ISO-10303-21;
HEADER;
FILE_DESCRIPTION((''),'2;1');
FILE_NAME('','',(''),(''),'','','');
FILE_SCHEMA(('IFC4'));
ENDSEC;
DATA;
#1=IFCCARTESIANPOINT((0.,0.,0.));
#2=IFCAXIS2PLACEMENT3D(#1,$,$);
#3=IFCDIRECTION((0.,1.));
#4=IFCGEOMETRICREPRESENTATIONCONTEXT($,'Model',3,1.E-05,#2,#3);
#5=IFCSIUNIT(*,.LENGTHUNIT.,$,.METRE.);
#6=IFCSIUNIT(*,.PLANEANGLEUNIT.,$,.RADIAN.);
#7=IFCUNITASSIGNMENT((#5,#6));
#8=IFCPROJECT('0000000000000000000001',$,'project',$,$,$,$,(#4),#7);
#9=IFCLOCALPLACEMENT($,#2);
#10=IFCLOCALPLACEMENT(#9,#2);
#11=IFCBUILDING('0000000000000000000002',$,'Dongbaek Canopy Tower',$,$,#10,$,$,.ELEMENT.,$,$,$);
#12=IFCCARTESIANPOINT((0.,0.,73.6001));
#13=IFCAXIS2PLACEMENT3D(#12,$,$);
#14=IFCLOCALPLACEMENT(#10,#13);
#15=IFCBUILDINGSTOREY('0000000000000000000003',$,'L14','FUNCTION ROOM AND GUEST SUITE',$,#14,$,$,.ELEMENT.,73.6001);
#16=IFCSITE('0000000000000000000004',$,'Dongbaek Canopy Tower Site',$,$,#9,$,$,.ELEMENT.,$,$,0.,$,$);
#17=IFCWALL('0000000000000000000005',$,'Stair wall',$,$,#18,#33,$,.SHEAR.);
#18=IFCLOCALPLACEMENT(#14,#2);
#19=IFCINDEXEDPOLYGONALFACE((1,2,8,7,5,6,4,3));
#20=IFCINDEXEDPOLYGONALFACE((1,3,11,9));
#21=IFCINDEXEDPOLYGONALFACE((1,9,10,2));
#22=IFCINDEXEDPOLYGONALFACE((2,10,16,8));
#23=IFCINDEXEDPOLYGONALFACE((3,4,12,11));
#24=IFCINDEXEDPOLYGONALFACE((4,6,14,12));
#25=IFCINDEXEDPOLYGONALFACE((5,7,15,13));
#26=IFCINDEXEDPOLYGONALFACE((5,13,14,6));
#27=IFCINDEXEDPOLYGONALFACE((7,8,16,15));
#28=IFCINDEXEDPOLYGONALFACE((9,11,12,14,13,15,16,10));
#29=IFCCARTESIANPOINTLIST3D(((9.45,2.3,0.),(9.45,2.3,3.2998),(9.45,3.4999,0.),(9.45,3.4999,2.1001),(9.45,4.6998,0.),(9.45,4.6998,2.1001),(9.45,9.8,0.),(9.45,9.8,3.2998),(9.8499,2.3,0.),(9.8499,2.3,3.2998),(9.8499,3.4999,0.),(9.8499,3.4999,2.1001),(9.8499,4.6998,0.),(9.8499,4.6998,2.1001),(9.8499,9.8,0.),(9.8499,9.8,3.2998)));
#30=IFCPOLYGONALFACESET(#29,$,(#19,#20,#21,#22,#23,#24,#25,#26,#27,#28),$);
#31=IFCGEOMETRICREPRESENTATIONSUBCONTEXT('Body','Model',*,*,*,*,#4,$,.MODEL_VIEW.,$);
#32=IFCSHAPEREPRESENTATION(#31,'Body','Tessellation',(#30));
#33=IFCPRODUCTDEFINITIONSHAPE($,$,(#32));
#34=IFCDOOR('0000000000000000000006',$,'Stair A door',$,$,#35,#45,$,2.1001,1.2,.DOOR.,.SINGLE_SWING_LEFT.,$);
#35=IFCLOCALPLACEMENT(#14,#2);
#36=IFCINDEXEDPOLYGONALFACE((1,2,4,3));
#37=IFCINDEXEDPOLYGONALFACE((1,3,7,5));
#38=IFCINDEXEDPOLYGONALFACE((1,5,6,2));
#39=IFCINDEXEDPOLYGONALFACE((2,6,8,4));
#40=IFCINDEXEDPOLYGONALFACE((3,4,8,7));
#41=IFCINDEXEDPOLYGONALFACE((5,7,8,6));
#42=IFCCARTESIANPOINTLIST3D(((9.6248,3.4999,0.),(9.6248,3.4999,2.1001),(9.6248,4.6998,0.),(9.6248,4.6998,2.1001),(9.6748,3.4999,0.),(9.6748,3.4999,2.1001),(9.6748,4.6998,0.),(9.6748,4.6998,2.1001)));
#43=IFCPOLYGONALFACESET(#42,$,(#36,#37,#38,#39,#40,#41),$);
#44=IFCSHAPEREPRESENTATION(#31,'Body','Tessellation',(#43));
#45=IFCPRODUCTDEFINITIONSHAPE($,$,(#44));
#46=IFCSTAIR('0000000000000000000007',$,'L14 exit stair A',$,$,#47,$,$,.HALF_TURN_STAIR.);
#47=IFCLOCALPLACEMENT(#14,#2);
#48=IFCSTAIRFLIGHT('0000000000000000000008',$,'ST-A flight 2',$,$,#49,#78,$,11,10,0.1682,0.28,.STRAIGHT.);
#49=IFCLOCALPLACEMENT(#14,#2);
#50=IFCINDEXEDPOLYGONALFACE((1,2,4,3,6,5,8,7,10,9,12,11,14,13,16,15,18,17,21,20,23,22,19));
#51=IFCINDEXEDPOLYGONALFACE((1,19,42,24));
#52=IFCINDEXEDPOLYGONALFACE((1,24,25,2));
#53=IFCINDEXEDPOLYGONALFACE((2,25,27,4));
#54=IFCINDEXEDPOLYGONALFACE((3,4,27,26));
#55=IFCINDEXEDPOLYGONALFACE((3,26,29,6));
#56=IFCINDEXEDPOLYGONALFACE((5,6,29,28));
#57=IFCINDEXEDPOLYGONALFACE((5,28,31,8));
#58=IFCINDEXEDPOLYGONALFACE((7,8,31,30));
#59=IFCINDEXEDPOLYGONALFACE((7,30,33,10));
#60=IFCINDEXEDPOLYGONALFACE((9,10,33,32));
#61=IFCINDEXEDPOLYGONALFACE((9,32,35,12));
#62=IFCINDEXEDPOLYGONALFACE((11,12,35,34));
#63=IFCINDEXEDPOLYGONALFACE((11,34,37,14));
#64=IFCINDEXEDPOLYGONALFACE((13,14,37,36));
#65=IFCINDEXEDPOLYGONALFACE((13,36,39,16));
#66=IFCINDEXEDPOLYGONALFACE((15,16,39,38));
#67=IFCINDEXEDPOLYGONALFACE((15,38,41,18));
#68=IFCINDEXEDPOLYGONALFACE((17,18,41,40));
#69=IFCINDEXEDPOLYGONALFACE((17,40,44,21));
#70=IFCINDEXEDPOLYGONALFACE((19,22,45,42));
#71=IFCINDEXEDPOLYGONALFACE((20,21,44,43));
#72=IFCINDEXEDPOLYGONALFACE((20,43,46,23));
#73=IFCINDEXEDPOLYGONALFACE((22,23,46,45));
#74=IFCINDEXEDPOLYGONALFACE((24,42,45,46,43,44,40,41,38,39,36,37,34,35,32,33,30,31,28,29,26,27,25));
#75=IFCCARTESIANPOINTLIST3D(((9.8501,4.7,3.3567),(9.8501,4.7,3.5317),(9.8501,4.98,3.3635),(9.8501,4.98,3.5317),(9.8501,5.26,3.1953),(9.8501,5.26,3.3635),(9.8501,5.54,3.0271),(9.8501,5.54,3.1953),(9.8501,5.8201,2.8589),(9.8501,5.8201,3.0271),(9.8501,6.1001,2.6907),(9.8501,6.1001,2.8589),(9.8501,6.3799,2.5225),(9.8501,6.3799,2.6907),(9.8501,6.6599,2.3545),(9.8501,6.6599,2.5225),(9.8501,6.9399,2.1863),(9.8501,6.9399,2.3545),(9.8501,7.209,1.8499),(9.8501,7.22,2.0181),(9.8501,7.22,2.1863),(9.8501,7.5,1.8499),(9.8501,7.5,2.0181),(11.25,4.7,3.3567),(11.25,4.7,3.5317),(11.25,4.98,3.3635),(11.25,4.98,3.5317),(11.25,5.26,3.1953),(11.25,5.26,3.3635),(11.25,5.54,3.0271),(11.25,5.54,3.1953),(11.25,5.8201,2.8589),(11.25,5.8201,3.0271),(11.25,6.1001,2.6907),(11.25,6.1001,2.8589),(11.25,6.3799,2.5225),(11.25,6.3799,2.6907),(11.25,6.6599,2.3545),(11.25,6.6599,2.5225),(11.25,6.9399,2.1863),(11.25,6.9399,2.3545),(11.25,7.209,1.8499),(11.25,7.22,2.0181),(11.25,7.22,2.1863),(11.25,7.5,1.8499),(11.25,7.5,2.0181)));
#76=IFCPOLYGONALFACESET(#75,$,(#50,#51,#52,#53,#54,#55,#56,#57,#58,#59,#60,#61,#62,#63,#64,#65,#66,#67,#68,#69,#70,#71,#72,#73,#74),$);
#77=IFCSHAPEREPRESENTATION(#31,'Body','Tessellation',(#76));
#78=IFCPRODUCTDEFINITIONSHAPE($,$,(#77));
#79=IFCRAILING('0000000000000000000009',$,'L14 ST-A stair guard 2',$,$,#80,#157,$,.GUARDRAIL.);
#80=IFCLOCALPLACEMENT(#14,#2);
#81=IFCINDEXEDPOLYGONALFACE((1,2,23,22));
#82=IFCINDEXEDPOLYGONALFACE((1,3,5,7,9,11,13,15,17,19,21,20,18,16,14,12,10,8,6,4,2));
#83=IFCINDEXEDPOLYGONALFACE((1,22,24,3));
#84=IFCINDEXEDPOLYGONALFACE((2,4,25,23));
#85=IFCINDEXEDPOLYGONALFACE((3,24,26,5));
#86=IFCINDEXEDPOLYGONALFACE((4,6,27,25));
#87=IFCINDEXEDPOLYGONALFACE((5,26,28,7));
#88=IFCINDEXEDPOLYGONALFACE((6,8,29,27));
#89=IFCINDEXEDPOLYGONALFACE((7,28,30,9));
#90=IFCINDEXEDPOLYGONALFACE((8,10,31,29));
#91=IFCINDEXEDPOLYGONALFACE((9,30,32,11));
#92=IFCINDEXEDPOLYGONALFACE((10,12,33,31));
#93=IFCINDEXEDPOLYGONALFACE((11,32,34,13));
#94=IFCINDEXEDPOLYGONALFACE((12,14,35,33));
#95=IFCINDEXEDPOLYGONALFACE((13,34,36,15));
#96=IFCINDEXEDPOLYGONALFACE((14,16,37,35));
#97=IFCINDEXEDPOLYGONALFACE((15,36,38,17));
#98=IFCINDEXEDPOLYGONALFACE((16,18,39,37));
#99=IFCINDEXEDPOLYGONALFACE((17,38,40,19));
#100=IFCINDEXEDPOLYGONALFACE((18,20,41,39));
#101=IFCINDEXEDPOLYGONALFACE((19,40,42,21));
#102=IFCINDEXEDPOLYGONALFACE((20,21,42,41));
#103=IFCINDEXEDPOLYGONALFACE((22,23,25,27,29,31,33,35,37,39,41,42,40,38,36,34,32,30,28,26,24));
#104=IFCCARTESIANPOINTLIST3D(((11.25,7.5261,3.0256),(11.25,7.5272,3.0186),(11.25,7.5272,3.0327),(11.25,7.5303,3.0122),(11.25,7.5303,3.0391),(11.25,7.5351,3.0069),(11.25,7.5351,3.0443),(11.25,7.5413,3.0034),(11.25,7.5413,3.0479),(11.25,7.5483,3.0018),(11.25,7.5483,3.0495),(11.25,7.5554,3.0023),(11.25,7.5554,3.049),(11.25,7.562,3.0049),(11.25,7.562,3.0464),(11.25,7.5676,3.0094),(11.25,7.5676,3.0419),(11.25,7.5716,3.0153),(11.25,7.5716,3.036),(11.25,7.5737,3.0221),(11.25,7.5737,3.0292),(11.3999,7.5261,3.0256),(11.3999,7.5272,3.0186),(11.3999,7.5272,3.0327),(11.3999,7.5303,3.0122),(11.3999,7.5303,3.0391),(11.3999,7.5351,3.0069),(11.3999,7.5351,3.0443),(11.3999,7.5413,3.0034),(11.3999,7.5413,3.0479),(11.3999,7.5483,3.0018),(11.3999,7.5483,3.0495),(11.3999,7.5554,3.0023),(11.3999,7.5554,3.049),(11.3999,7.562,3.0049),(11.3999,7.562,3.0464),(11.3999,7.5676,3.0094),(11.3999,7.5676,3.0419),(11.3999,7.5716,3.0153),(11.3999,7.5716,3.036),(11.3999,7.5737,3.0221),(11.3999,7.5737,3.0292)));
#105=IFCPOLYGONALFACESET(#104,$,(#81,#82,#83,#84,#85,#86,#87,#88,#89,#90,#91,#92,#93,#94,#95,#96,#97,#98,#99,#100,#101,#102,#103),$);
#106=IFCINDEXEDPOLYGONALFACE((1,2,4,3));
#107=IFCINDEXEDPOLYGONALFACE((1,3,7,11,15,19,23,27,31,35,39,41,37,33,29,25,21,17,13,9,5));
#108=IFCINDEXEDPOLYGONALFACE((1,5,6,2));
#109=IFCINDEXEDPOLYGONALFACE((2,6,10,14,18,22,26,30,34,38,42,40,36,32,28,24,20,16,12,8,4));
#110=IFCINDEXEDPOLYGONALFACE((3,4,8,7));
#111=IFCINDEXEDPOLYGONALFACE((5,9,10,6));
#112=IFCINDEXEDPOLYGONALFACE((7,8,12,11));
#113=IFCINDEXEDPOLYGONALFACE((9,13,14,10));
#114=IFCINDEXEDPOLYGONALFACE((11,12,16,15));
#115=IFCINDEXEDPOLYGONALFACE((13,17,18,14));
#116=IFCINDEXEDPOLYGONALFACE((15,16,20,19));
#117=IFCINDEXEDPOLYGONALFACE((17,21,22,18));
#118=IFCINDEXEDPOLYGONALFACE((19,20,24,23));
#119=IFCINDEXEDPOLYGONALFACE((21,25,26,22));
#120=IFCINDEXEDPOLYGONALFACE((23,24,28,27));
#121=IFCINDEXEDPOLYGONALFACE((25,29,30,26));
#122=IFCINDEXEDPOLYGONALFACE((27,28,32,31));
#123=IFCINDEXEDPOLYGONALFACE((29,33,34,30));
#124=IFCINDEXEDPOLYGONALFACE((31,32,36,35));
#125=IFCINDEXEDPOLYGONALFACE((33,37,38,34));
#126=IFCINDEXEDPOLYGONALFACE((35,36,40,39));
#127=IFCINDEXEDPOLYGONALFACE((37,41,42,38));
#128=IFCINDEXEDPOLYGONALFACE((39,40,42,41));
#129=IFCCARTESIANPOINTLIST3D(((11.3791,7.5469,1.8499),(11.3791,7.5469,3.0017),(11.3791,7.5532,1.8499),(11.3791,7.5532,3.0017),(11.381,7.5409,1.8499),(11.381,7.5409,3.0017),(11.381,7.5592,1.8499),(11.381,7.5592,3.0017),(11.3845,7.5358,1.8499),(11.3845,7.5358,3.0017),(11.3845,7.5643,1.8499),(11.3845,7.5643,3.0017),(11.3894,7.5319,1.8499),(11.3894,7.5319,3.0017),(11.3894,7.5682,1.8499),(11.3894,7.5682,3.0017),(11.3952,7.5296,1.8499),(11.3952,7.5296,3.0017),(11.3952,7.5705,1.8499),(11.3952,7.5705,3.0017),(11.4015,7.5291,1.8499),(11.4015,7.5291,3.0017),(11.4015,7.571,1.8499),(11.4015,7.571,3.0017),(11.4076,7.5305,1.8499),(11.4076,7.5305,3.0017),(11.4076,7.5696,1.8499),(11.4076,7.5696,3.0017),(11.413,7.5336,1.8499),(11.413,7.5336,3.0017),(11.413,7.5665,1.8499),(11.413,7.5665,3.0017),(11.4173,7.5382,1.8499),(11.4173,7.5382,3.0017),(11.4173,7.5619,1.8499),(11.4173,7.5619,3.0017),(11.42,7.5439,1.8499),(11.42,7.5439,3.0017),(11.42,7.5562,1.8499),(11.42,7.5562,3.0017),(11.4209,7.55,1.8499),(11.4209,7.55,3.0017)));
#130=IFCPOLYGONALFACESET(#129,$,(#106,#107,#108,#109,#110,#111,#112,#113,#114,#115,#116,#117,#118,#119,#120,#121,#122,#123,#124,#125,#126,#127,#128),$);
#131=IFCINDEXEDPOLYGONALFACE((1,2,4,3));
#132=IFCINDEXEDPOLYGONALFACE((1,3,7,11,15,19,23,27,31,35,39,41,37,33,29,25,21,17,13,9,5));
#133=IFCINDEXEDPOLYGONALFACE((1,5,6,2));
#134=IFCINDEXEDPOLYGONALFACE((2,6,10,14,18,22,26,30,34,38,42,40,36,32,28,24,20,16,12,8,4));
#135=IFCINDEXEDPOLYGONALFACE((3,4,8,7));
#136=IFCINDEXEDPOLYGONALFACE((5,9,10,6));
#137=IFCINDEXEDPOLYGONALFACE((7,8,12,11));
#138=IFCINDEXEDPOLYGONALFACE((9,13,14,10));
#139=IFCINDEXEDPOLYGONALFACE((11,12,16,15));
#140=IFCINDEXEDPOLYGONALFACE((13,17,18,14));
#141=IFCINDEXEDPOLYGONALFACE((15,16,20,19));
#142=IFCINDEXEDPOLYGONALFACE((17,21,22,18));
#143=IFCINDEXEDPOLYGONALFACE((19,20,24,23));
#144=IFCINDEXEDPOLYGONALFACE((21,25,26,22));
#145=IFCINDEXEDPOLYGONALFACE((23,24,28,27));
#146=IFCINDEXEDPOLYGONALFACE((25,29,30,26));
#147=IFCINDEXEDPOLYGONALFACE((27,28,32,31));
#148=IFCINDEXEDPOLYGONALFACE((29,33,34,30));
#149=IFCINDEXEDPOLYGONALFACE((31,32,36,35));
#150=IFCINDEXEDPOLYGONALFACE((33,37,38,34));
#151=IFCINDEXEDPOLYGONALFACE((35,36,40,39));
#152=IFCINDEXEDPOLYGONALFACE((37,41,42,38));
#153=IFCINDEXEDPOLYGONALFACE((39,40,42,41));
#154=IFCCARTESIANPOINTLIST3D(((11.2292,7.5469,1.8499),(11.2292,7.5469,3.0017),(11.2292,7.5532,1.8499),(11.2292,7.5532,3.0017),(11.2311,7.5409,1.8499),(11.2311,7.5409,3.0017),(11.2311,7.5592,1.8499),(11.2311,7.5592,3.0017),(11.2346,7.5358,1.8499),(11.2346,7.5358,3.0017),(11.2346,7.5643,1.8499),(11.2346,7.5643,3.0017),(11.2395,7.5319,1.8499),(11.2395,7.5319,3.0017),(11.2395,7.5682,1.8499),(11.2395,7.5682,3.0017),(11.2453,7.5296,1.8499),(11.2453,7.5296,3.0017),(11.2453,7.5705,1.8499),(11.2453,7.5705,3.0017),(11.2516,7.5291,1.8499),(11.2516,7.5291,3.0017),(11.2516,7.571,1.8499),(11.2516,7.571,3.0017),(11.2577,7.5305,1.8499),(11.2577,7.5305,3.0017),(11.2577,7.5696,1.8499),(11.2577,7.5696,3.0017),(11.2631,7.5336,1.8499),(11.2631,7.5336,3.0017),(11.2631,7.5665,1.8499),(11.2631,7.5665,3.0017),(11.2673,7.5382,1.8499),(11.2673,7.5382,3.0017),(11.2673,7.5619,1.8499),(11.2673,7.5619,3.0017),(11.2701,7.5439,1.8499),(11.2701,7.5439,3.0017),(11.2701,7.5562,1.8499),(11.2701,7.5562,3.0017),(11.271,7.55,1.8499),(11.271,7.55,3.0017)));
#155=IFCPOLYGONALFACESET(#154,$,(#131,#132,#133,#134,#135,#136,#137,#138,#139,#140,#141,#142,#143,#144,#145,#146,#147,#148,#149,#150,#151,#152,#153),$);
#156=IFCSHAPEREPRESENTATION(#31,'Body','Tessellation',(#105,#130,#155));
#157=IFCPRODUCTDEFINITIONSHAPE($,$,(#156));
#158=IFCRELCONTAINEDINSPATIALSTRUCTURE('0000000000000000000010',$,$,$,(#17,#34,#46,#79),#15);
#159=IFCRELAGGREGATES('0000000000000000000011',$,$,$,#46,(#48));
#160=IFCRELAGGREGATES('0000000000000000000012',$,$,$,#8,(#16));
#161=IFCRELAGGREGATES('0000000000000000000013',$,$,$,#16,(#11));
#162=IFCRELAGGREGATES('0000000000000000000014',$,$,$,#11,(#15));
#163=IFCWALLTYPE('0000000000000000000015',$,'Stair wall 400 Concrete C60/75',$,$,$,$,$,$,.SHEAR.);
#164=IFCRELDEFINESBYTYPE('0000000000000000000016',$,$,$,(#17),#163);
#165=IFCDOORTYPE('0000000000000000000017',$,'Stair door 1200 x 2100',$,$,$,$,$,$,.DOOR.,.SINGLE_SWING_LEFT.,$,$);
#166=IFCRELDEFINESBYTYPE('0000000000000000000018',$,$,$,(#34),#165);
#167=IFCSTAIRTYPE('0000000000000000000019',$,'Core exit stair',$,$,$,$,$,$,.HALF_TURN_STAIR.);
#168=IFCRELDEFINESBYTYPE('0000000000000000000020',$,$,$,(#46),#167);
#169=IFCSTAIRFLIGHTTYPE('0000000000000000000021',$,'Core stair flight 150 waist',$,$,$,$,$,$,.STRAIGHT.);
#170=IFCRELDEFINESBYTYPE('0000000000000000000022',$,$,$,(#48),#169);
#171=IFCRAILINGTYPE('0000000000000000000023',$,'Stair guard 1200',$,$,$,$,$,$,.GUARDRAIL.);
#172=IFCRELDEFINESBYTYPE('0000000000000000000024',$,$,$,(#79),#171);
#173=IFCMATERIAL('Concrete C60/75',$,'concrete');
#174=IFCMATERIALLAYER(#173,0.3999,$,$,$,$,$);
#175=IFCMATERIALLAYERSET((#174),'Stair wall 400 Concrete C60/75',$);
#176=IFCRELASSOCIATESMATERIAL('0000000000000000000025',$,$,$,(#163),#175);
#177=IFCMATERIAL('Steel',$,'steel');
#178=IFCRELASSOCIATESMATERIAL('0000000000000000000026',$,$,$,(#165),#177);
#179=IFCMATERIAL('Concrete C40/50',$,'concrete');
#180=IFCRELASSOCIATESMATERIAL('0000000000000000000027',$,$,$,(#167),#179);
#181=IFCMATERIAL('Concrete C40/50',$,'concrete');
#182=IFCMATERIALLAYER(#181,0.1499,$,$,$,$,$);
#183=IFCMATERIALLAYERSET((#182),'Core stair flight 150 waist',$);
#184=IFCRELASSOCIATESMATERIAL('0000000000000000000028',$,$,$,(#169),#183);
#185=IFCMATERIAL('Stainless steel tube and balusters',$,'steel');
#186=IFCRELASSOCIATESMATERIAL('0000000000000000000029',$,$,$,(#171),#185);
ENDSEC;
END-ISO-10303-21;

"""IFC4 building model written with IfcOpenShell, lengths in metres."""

from ifc_helpers import new_model, si_unit, direction, frame, frame_2d, origin, origin_2d, place, context, subcontext, project, spatial, polyline, rectangle, circle, outline, extrude, material, layer, layer_set, type_object, element, fill, aggregate, save


model = new_model("IFC4")

# Units and contexts
model_context = context("Model", 3, precision=1e-05, world=origin(), true_north=direction((0.0, 1.0)))
body_context = subcontext(model_context, "Body", "Model", "MODEL_VIEW")
ifc_project = project(units=[si_unit("LENGTHUNIT", "METRE"), si_unit("PLANEANGLEUNIT", "RADIAN")], contexts=[model_context])

# Site, building, storey
site_placement = place(None, origin())
site = spatial("IfcSite", under=ifc_project, at=site_placement, Name="Dongbaek Canopy Tower Site", CompositionType="ELEMENT", RefElevation=0.0)
building_placement = place(site_placement, origin())
building = spatial("IfcBuilding", under=site, at=building_placement, Name="Dongbaek Canopy Tower", CompositionType="ELEMENT")
storey_placement = place(building_placement, frame((0.0, 0.0, 73.6001)))
storey = spatial("IfcBuildingStorey", under=building, at=storey_placement, Name="L14", Description="FUNCTION ROOM AND GUEST SUITE", CompositionType="ELEMENT", Elevation=73.6001)

# Wall, opening, door
ifc_material_1 = material(Name="Concrete C60/75", Category="concrete")
ifc_layer_1 = layer(ifc_material_1, 0.3999)
ifc_layer_set_1 = layer_set([ifc_layer_1], Name="Stair wall 400 Concrete C60/75")
wall_type_1 = type_object("IfcWallType", Name="Stair wall 400 Concrete C60/75", PredefinedType="SHEAR", material=ifc_layer_set_1)
wall_1_placement = place(storey_placement, frame((9.6499, 9.8, 0.0), z_axis=(0.0, 0.0, 1.0), x_axis=(0.0, -1.0, 0.0)))
wall_1 = element("IfcWall", 1, at=wall_1_placement, inside=storey, type_object=wall_type_1, Name="Stair wall", PredefinedType="SHEAR", context=body_context, shape_type="SweptSolid", body=[
    extrude(rectangle(XDim=7.5, YDim=0.3999, at=frame_2d((3.75, 0.0))), origin(), (0.0, 0.0, 1.0), 3.2998),
])
opening_1_placement = place(wall_1_placement, frame((5.1001, 0.0, 0.0)))
opening_1 = element("IfcOpeningElement", 2, at=opening_1_placement, cuts=wall_1, PredefinedType="OPENING", context=body_context, shape_type="SweptSolid", body=[
    extrude(rectangle(XDim=1.2, YDim=2.1001, at=frame_2d((0.6001, 1.05))), frame((0.0, 0.21, 0.0), z_axis=(0.0, -1.0, 0.0), x_axis=(1.0, 0.0, 0.0)), (0.0, 0.0, 1.0), 0.4199),
])
ifc_material_2 = material(Name="Steel", Category="steel")
door_type_1 = type_object("IfcDoorType", Name="Stair door 1200 x 2100", OperationType="SINGLE_SWING_LEFT", PredefinedType="DOOR", material=ifc_material_2)
door_1_placement = place(opening_1_placement, origin())
door_1 = element("IfcDoor", 3, at=door_1_placement, inside=storey, type_object=door_type_1, Name="Stair A door", OperationType="SINGLE_SWING_LEFT", OverallHeight=2.1001, OverallWidth=1.2, PredefinedType="DOOR", context=body_context, shape_type="SweptSolid", body=[
    extrude(rectangle(XDim=1.2, YDim=2.1001, at=frame_2d((0.6001, 1.05))), frame((0.0, 0.0249, 0.0), z_axis=(0.0, -1.0, 0.0), x_axis=(1.0, 0.0, 0.0)), (0.0, 0.0, 1.0), 0.05),
])
fill(opening_1, door_1)

# Stair, stair flight
ifc_material_3 = material(Name="Concrete C40/50", Category="concrete")
stair_type = type_object("IfcStairType", Name="Core exit stair", PredefinedType="HALF_TURN_STAIR", material=ifc_material_3)
stair_placement = place(storey_placement, origin())
stair = element("IfcStair", 4, at=stair_placement, inside=storey, type_object=stair_type, Name="L14 exit stair A", PredefinedType="HALF_TURN_STAIR")
ifc_material_4 = material(Name="Concrete C40/50", Category="concrete")
ifc_layer_2 = layer(ifc_material_4, 0.1499)
ifc_layer_set_2 = layer_set([ifc_layer_2], Name="Core stair flight 150 waist")
stair_flight_type = type_object("IfcStairFlightType", Name="Core stair flight 150 waist", PredefinedType="STRAIGHT", material=ifc_layer_set_2)
stair_flight_placement = place(storey_placement, frame((10.55, 7.5, 1.8499), z_axis=(0.0, 0.0, 1.0), x_axis=(0.0, -1.0, 0.0)))
stair_flight = element("IfcStairFlight", 5, at=stair_flight_placement, type_object=stair_flight_type, Name="ST-A flight 2", NumberOfRisers=11, NumberOfTreads=10, PredefinedType="STRAIGHT", RiserHeight=0.1682, TreadLength=0.28, context=body_context, shape_type="SweptSolid", body=[
    extrude(outline(polyline([(0.0, 0.0), (0.0, 0.1682), (0.28, 0.1682), (0.28, 0.3364), (0.5601, 0.3364), (0.5601, 0.5046), (0.8401, 0.5046), (0.8401, 0.6726), (1.1201, 0.6726), (1.1201, 0.8408), (1.3999, 0.8408), (1.3999, 1.009), (1.6799, 1.009), (1.6799, 1.1772), (1.96, 1.1772), (1.96, 1.3455), (2.24, 1.3455), (2.24, 1.5137), (2.52, 1.5137), (2.52, 1.6819), (2.8, 1.6819), (2.8, 1.8501), (2.8, 1.5068), (0.291, 0.0), (0.0, 0.0)])), frame((0.0, 0.7, 0.0), z_axis=(0.0, -1.0, 0.0), x_axis=(1.0, 0.0, 0.0)), (0.0, 0.0, 1.0), 1.3999),
])
aggregate(stair, [stair_flight])

# Railing
ifc_material_5 = material(Name="Stainless steel tube and balusters", Category="steel")
railing_type_1 = type_object("IfcRailingType", Name="Stair guard 1200", PredefinedType="GUARDRAIL", material=ifc_material_5)
railing_1_placement = place(storey_placement, frame((11.3999, 7.55, 1.8499)))
element("IfcRailing", 6, at=railing_1_placement, inside=storey, type_object=railing_type_1, Name="L14 ST-A stair guard 2", PredefinedType="GUARDRAIL", context=body_context, shape_type="SweptSolid", body=[
    extrude(circle(Radius=0.0239, at=origin_2d()), frame((0.0, 0.0, 1.1758), z_axis=(-1.0, 0.0, 0.0), x_axis=(0.0, -1.0, 0.0)), (0.0, 0.0, 1.0), 0.1499),
    extrude(circle(Radius=0.021, at=origin_2d()), origin(), (0.0, 0.0, 1.0), 1.1519),
    extrude(circle(Radius=0.021, at=origin_2d()), frame((-0.1499, 0.0, 0.0)), (0.0, 0.0, 1.0), 1.1519),
])

save(model, "model.ifc")
